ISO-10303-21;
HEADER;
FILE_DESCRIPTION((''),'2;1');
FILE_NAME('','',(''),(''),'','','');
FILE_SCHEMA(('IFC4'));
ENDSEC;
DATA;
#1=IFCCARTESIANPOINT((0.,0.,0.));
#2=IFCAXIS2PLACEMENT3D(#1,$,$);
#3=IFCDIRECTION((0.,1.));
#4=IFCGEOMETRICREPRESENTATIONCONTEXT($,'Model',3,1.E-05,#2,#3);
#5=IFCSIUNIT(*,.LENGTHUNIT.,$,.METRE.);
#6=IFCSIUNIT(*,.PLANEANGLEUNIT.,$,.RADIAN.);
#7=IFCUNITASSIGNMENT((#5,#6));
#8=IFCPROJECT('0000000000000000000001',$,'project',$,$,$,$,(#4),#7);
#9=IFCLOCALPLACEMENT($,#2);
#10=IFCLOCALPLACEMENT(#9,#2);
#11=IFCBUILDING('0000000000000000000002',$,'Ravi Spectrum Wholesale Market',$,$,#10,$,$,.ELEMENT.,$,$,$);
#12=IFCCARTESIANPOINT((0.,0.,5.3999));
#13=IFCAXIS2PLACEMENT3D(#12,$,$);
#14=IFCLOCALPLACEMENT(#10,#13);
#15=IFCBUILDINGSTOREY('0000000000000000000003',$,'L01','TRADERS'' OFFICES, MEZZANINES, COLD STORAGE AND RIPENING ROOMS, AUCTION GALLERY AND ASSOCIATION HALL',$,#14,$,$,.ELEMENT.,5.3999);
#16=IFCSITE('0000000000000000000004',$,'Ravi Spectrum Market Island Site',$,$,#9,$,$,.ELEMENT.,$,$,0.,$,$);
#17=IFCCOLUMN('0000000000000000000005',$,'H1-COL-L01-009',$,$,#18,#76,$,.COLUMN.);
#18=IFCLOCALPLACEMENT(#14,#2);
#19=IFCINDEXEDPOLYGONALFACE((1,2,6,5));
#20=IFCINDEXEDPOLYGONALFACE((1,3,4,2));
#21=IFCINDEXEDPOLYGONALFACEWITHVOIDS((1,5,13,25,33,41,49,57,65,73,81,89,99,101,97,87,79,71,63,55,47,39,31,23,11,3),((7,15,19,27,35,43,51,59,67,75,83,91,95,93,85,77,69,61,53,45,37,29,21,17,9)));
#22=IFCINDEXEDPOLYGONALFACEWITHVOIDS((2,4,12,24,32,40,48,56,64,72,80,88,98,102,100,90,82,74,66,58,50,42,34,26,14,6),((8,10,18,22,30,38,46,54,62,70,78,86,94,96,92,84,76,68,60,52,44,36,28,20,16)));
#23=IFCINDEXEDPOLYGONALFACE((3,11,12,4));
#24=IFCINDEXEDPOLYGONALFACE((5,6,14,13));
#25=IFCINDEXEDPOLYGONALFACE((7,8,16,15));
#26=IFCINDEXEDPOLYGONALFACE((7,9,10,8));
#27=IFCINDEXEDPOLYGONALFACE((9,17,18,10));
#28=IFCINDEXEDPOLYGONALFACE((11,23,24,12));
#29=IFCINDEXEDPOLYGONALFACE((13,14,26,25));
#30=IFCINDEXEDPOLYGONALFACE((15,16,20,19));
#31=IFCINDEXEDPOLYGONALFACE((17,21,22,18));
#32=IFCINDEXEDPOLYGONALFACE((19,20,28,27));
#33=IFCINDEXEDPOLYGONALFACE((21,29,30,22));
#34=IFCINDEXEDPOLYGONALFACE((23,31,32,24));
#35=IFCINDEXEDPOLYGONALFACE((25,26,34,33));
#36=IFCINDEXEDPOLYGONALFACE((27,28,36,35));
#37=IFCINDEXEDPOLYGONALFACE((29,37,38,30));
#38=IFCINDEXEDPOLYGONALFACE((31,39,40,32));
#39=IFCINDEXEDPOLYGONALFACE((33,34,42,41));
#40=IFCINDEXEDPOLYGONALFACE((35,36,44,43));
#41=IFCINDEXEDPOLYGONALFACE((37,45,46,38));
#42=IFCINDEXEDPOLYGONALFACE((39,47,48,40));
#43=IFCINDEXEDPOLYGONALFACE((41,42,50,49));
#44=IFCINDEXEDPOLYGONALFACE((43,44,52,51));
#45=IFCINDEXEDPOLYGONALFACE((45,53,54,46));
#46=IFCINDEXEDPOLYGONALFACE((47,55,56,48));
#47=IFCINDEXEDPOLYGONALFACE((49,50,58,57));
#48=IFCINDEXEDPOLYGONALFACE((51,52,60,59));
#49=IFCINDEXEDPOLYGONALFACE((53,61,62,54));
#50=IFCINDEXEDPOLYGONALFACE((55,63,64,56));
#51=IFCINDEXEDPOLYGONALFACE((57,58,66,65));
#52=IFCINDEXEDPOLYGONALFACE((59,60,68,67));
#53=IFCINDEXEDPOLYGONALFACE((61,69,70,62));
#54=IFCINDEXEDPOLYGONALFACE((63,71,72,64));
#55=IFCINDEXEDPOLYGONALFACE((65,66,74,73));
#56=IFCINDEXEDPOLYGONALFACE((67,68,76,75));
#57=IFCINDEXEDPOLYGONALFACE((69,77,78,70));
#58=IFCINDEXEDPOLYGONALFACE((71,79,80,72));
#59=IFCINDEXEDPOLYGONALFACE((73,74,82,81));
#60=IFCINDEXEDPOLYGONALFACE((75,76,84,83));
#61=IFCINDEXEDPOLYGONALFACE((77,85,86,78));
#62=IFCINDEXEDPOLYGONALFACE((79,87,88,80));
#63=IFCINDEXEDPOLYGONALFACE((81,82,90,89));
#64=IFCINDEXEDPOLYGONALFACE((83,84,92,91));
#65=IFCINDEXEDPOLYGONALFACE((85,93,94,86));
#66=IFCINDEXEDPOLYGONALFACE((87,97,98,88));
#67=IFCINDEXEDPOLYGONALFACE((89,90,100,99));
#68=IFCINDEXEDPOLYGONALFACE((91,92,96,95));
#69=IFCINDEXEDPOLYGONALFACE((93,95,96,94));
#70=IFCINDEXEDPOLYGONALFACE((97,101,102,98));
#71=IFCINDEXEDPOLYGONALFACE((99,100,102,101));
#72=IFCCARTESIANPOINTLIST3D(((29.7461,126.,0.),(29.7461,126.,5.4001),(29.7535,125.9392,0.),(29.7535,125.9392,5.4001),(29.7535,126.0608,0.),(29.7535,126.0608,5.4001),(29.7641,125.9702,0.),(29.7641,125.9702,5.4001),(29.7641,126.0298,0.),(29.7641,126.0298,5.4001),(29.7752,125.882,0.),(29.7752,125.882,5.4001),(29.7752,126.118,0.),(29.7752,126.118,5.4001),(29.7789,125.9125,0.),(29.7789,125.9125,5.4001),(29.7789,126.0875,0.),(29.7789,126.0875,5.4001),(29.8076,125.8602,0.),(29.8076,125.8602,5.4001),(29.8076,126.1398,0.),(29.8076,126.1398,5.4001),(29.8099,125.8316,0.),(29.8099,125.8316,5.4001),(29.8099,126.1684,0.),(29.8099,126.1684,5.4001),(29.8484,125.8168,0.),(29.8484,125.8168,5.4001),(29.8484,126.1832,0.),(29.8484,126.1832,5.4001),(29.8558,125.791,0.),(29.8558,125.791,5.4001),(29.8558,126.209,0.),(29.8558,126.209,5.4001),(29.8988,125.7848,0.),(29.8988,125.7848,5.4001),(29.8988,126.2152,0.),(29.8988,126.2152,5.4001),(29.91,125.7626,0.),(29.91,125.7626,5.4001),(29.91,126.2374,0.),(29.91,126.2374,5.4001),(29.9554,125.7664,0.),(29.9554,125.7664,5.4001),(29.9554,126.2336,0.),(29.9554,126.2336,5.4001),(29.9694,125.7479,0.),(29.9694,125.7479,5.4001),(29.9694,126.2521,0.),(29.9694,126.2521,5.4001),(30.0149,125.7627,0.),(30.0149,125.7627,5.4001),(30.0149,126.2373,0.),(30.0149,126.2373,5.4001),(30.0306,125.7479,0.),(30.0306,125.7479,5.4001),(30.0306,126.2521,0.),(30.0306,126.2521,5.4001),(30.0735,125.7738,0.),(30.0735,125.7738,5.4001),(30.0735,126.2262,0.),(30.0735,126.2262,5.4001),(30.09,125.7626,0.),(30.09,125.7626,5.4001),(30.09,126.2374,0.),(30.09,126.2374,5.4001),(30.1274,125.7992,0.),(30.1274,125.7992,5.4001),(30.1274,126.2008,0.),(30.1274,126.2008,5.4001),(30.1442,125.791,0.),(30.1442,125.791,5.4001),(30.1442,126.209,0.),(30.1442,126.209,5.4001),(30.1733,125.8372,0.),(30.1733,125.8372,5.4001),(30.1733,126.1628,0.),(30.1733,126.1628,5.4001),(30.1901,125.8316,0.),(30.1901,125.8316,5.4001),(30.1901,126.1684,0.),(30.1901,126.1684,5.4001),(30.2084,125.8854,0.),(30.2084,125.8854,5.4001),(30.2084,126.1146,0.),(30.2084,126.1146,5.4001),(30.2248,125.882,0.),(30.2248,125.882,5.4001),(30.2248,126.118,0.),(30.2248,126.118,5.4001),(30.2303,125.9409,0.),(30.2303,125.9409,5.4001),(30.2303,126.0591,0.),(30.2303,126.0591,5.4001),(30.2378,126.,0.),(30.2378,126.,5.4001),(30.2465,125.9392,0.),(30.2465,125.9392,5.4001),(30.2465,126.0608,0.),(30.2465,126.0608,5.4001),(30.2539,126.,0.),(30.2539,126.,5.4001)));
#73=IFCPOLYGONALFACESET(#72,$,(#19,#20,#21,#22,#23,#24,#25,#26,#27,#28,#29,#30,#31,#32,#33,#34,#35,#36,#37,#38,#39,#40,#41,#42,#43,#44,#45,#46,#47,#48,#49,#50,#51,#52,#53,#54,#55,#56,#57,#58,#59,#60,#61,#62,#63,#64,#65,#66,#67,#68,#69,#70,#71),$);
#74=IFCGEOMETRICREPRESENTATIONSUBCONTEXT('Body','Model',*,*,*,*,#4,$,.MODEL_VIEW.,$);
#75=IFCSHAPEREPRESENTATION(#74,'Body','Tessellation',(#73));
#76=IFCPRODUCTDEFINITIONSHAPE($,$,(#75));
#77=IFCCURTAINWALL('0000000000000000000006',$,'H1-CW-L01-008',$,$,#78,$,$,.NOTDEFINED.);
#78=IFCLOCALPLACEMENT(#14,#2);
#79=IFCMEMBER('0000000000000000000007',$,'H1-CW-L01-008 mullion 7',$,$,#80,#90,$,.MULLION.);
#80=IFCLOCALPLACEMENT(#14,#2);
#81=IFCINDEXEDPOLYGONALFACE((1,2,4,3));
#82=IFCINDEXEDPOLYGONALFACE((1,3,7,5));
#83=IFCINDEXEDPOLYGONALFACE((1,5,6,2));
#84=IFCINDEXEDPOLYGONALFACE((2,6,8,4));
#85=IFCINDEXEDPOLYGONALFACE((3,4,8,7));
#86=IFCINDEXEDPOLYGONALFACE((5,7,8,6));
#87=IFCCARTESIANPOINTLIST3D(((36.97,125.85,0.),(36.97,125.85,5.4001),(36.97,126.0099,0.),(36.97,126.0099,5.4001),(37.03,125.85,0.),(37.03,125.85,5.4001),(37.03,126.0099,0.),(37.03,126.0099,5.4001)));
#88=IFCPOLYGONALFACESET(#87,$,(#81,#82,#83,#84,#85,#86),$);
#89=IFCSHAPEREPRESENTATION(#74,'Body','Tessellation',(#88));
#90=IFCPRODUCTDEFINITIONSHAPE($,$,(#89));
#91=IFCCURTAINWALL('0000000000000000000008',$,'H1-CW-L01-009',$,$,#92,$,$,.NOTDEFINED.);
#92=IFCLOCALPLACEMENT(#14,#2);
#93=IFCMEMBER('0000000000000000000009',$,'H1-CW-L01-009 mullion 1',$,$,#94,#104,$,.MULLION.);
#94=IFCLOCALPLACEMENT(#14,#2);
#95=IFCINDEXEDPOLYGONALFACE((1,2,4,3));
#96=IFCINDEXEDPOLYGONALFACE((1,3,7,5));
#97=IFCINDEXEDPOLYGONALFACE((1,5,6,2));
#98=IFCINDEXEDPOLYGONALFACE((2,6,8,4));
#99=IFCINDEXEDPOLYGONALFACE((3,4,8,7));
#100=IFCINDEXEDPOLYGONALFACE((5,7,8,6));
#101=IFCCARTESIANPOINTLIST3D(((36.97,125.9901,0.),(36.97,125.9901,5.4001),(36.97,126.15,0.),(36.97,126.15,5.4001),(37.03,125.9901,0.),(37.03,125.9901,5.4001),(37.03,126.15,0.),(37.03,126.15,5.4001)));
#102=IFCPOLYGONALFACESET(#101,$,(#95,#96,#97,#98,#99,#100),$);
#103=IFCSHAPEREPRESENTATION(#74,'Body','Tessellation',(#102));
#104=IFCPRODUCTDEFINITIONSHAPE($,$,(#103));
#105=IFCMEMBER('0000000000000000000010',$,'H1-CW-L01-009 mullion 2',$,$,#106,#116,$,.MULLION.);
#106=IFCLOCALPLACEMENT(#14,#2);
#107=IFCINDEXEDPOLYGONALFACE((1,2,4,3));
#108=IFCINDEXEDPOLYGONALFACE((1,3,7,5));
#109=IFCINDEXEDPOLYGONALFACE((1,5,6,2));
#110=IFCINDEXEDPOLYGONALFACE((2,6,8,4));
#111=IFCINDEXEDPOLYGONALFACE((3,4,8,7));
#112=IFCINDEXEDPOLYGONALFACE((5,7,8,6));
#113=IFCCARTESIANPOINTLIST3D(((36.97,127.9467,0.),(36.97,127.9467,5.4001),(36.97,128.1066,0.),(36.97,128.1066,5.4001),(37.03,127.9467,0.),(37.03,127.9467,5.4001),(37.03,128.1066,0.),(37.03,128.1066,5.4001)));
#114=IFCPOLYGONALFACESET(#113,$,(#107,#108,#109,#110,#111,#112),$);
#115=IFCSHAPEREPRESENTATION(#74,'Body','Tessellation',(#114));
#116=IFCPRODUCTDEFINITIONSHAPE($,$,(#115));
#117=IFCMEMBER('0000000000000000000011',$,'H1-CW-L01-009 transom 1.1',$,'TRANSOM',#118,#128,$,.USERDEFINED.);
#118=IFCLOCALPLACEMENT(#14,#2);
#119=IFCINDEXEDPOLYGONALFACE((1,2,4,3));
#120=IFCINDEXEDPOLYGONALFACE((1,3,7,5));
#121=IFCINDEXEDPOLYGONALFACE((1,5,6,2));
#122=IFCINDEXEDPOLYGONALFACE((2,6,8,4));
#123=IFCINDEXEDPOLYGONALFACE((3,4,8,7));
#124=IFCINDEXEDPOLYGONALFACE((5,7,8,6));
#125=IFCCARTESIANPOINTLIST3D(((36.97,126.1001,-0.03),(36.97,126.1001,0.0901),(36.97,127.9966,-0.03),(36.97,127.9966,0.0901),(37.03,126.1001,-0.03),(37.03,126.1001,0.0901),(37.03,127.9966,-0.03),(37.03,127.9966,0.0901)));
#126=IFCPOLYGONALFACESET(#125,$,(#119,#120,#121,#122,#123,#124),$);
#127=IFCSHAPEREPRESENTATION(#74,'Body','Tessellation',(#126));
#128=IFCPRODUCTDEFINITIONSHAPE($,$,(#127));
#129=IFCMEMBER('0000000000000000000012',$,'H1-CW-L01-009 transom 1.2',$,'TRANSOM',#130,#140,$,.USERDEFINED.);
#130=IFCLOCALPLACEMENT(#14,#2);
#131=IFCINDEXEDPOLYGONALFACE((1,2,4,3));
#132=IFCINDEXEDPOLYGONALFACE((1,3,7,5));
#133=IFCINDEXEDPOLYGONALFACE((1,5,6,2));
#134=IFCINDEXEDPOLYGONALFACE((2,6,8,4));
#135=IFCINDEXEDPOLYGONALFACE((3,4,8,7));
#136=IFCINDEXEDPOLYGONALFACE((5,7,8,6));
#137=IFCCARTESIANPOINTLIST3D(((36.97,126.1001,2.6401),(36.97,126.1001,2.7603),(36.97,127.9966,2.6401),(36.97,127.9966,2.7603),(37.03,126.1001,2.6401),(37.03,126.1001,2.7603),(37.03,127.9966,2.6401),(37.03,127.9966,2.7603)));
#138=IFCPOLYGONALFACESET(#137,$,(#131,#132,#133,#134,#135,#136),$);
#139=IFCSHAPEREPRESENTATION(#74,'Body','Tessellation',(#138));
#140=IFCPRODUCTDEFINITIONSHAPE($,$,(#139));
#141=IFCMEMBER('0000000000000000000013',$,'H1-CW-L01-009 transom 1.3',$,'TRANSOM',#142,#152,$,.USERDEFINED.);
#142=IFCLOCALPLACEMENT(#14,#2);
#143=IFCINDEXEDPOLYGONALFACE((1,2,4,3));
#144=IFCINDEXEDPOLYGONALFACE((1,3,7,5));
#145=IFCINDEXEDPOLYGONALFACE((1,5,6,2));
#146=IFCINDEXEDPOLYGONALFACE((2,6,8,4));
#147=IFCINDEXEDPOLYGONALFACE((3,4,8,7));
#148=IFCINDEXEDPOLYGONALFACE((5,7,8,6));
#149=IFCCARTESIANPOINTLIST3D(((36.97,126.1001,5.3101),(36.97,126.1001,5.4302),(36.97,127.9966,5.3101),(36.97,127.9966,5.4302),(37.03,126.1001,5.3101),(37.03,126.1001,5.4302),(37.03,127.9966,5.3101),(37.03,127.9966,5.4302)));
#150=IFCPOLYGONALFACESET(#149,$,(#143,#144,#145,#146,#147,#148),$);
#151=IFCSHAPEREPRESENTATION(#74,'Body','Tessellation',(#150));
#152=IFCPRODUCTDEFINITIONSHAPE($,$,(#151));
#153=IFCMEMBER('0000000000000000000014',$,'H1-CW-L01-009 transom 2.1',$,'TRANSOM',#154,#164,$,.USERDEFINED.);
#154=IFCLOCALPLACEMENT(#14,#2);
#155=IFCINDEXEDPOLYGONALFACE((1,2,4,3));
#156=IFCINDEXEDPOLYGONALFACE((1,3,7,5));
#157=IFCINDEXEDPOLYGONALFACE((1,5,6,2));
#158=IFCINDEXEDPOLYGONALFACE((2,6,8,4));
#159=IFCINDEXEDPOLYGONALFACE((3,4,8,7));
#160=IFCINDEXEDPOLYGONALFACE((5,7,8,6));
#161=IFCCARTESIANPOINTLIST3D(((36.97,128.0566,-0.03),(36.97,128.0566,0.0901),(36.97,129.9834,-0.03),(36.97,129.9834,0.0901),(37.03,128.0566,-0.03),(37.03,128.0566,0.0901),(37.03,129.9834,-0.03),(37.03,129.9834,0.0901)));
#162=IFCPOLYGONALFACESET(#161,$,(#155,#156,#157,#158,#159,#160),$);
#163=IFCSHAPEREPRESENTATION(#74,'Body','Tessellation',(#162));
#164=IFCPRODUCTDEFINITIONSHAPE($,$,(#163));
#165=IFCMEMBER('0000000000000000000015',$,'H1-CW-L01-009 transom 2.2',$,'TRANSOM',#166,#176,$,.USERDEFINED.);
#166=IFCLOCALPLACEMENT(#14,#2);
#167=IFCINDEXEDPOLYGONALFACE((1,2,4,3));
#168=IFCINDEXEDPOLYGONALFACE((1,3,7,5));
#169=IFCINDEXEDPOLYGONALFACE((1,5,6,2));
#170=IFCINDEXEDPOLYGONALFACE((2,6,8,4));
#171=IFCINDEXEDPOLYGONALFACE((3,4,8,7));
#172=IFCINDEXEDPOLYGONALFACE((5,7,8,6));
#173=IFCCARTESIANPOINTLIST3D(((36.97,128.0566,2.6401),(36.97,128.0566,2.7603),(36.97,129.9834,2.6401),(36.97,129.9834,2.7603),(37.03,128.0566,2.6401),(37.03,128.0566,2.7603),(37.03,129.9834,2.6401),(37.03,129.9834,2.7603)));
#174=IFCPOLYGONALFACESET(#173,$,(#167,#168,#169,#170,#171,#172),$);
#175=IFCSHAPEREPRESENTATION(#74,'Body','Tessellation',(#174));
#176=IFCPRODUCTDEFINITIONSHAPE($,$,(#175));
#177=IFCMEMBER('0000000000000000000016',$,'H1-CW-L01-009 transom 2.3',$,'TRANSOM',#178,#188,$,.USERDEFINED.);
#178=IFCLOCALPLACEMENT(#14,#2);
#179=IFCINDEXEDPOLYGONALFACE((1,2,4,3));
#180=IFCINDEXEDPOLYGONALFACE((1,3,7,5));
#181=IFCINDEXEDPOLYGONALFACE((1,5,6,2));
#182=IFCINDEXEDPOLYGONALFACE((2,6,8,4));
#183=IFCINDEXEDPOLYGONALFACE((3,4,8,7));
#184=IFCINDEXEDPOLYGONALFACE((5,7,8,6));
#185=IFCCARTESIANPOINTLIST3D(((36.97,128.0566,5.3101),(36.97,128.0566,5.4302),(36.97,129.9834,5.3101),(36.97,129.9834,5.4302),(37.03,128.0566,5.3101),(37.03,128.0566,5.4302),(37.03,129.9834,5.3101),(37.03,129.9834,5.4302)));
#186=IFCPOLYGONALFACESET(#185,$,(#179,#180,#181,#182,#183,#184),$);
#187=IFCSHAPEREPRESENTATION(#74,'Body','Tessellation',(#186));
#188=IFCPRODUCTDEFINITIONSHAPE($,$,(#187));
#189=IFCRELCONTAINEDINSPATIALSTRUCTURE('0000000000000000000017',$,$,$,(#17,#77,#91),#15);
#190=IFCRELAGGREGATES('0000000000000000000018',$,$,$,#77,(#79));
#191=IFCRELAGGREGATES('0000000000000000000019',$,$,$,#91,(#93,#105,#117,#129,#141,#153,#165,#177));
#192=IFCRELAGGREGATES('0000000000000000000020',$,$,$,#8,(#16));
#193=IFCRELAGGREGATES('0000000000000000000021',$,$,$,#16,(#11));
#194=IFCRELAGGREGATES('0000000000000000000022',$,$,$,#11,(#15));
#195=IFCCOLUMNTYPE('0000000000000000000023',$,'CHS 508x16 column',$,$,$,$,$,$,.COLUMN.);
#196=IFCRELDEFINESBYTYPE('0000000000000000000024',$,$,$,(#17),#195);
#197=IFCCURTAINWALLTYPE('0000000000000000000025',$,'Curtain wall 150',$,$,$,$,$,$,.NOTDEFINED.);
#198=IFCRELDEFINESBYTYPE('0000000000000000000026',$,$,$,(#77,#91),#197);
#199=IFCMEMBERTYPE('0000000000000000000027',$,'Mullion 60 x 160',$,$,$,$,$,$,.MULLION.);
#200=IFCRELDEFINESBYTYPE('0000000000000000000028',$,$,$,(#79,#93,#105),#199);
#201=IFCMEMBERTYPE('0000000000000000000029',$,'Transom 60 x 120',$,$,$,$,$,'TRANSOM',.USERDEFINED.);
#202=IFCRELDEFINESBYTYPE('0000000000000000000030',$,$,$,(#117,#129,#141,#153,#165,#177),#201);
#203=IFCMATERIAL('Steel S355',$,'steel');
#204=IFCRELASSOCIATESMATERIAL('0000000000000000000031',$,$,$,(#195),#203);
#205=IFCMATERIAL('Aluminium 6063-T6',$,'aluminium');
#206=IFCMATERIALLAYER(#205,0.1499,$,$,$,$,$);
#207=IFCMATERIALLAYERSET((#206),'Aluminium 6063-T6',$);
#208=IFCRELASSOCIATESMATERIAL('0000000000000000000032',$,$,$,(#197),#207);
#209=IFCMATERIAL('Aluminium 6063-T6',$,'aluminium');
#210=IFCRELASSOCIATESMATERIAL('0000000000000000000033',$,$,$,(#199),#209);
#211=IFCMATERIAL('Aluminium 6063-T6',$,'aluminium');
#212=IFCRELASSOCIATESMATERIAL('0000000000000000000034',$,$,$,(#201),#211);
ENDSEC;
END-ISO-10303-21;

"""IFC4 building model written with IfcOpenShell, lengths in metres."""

from ifc_helpers import new_model, si_unit, direction, frame, origin, origin_2d, place, context, subcontext, project, spatial, rectangle, hollow_circle, extrude, material, layer, layer_set, material_profile, profile_set, type_object, element, aggregate, save


model = new_model("IFC4")

# Units and contexts
model_context = context("Model", 3, precision=1e-05, world=origin(), true_north=direction((0.0, 1.0)))
body_context = subcontext(model_context, "Body", "Model", "MODEL_VIEW")
ifc_project = project(units=[si_unit("LENGTHUNIT", "METRE"), si_unit("PLANEANGLEUNIT", "RADIAN")], contexts=[model_context])

# Site, building, storey
site_placement = place(None, origin())
site = spatial("IfcSite", under=ifc_project, at=site_placement, Name="Ravi Spectrum Market Island Site", CompositionType="ELEMENT", RefElevation=0.0)
building_placement = place(site_placement, origin())
building = spatial("IfcBuilding", under=site, at=building_placement, Name="Ravi Spectrum Wholesale Market", CompositionType="ELEMENT")
storey_placement = place(building_placement, frame((0.0, 0.0, 5.3999)))
storey = spatial("IfcBuildingStorey", under=building, at=storey_placement, Name="L01", Description="TRADERS' OFFICES, MEZZANINES, COLD STORAGE AND RIPENING ROOMS, AUCTION GALLERY AND ASSOCIATION HALL", CompositionType="ELEMENT", Elevation=5.3999)

# Column
ifc_material_1 = material(Name="Steel S355", Category="steel")
ifc_material_profile_1 = material_profile(ifc_material_1, hollow_circle(Radius=0.2539, WallThickness=0.0161, at=origin_2d()))
ifc_profile_set_1 = profile_set([ifc_material_profile_1], Name="Steel S355")
column_type = type_object("IfcColumnType", Name="CHS 508x16 column", PredefinedType="COLUMN", material=ifc_profile_set_1)
column_placement = place(storey_placement, frame((30.0, 126.0, 0.0), z_axis=(0.0, 0.0, 1.0), x_axis=(1.0, 0.0, 0.0)))
element("IfcColumn", 1, at=column_placement, inside=storey, type_object=column_type, Name="H1-COL-L01-009", PredefinedType="COLUMN", context=body_context, shape_type="SweptSolid", body=[
    extrude(hollow_circle(Radius=0.2539, WallThickness=0.0161, at=origin_2d()), origin(), (0.0, 0.0, 1.0), 5.4001),
])

# Curtain wall, member
ifc_material_2 = material(Name="Aluminium 6063-T6", Category="aluminium")
ifc_layer_1 = layer(ifc_material_2, 0.1499)
ifc_layer_set_1 = layer_set([ifc_layer_1], Name="Aluminium 6063-T6")
curtain_wall_type = type_object("IfcCurtainWallType", Name="Curtain wall 150", PredefinedType="NOTDEFINED", material=ifc_layer_set_1)
curtain_wall_1_placement = place(storey_placement, origin())
curtain_wall_1 = element("IfcCurtainWall", 2, at=curtain_wall_1_placement, inside=storey, type_object=curtain_wall_type, Name="H1-CW-L01-008", PredefinedType="NOTDEFINED")
ifc_material_3 = material(Name="Aluminium 6063-T6", Category="aluminium")
ifc_material_profile_2 = material_profile(ifc_material_3, rectangle(XDim=0.0601, YDim=0.1599, at=origin_2d()))
ifc_profile_set_2 = profile_set([ifc_material_profile_2], Name="Aluminium 6063-T6")
member_type_1 = type_object("IfcMemberType", Name="Mullion 60 x 160", PredefinedType="MULLION", material=ifc_profile_set_2)
member_1_placement = place(storey_placement, frame((37.0, 125.9299, 0.0), z_axis=(0.0, 0.0, 1.0), x_axis=(-1.0, 0.0, 0.0)))
member_1 = element("IfcMember", 3, at=member_1_placement, type_object=member_type_1, Name="H1-CW-L01-008 mullion 7", PredefinedType="MULLION", context=body_context, shape_type="SweptSolid", body=[
    extrude(rectangle(XDim=0.0601, YDim=0.1599, at=origin_2d()), origin(), (0.0, 0.0, 1.0), 5.4001),
])
aggregate(curtain_wall_1, [member_1])

# Curtain wall, members
curtain_wall_2_placement = place(storey_placement, origin())
curtain_wall_2 = element("IfcCurtainWall", 4, at=curtain_wall_2_placement, inside=storey, type_object=curtain_wall_type, Name="H1-CW-L01-009", PredefinedType="NOTDEFINED")
member_2_placement = place(storey_placement, frame((37.0, 126.0701, 0.0), z_axis=(0.0, 0.0, 1.0), x_axis=(-1.0, 0.0, 0.0)))
member_2 = element("IfcMember", 5, at=member_2_placement, type_object=member_type_1, Name="H1-CW-L01-009 mullion 1", PredefinedType="MULLION", context=body_context, shape_type="SweptSolid", body=[
    extrude(rectangle(XDim=0.0601, YDim=0.1599, at=origin_2d()), origin(), (0.0, 0.0, 1.0), 5.4001),
])
member_3_placement = place(storey_placement, frame((37.0, 128.0266, 0.0), z_axis=(0.0, 0.0, 1.0), x_axis=(-1.0, 0.0, 0.0)))
member_3 = element("IfcMember", 6, at=member_3_placement, type_object=member_type_1, Name="H1-CW-L01-009 mullion 2", PredefinedType="MULLION", context=body_context, shape_type="SweptSolid", body=[
    extrude(rectangle(XDim=0.0601, YDim=0.1599, at=origin_2d()), origin(), (0.0, 0.0, 1.0), 5.4001),
])
ifc_material_4 = material(Name="Aluminium 6063-T6", Category="aluminium")
ifc_material_profile_3 = material_profile(ifc_material_4, rectangle(XDim=0.0601, YDim=0.1201, at=origin_2d()))
ifc_profile_set_3 = profile_set([ifc_material_profile_3], Name="Aluminium 6063-T6")
member_type_2 = type_object("IfcMemberType", Name="Transom 60 x 120", ElementType="TRANSOM", PredefinedType="USERDEFINED", material=ifc_profile_set_3)
member_4_placement = place(storey_placement, frame((37.0, 126.1001, 0.03), z_axis=(0.0, 1.0, 0.0), x_axis=(-1.0, 0.0, 0.0)))
member_4 = element("IfcMember", 7, at=member_4_placement, type_object=member_type_2, Name="H1-CW-L01-009 transom 1.1", ObjectType="TRANSOM", PredefinedType="USERDEFINED", context=body_context, shape_type="SweptSolid", body=[
    extrude(rectangle(XDim=0.0601, YDim=0.1201, at=origin_2d()), origin(), (0.0, 0.0, 1.0), 1.8965),
])
member_5_placement = place(storey_placement, frame((37.0, 126.1001, 2.7002), z_axis=(0.0, 1.0, 0.0), x_axis=(-1.0, 0.0, 0.0)))
member_5 = element("IfcMember", 8, at=member_5_placement, type_object=member_type_2, Name="H1-CW-L01-009 transom 1.2", ObjectType="TRANSOM", PredefinedType="USERDEFINED", context=body_context, shape_type="SweptSolid", body=[
    extrude(rectangle(XDim=0.0601, YDim=0.1201, at=origin_2d()), origin(), (0.0, 0.0, 1.0), 1.8965),
])
member_6_placement = place(storey_placement, frame((37.0, 126.1001, 5.3701), z_axis=(0.0, 1.0, 0.0), x_axis=(-1.0, 0.0, 0.0)))
member_6 = element("IfcMember", 9, at=member_6_placement, type_object=member_type_2, Name="H1-CW-L01-009 transom 1.3", ObjectType="TRANSOM", PredefinedType="USERDEFINED", context=body_context, shape_type="SweptSolid", body=[
    extrude(rectangle(XDim=0.0601, YDim=0.1201, at=origin_2d()), origin(), (0.0, 0.0, 1.0), 1.8965),
])
member_7_placement = place(storey_placement, frame((37.0, 128.0566, 0.03), z_axis=(0.0, 1.0, 0.0), x_axis=(-1.0, 0.0, 0.0)))
member_7 = element("IfcMember", 10, at=member_7_placement, type_object=member_type_2, Name="H1-CW-L01-009 transom 2.1", ObjectType="TRANSOM", PredefinedType="USERDEFINED", context=body_context, shape_type="SweptSolid", body=[
    extrude(rectangle(XDim=0.0601, YDim=0.1201, at=origin_2d()), origin(), (0.0, 0.0, 1.0), 1.9268),
])
member_8_placement = place(storey_placement, frame((37.0, 128.0566, 2.7002), z_axis=(0.0, 1.0, 0.0), x_axis=(-1.0, 0.0, 0.0)))
member_8 = element("IfcMember", 11, at=member_8_placement, type_object=member_type_2, Name="H1-CW-L01-009 transom 2.2", ObjectType="TRANSOM", PredefinedType="USERDEFINED", context=body_context, shape_type="SweptSolid", body=[
    extrude(rectangle(XDim=0.0601, YDim=0.1201, at=origin_2d()), origin(), (0.0, 0.0, 1.0), 1.9268),
])
member_9_placement = place(storey_placement, frame((37.0, 128.0566, 5.3701), z_axis=(0.0, 1.0, 0.0), x_axis=(-1.0, 0.0, 0.0)))
member_9 = element("IfcMember", 12, at=member_9_placement, type_object=member_type_2, Name="H1-CW-L01-009 transom 2.3", ObjectType="TRANSOM", PredefinedType="USERDEFINED", context=body_context, shape_type="SweptSolid", body=[
    extrude(rectangle(XDim=0.0601, YDim=0.1201, at=origin_2d()), origin(), (0.0, 0.0, 1.0), 1.9268),
])
aggregate(curtain_wall_2, [member_2, member_3, member_4, member_5, member_6, member_7, member_8, member_9])

save(model, "model.ifc")
